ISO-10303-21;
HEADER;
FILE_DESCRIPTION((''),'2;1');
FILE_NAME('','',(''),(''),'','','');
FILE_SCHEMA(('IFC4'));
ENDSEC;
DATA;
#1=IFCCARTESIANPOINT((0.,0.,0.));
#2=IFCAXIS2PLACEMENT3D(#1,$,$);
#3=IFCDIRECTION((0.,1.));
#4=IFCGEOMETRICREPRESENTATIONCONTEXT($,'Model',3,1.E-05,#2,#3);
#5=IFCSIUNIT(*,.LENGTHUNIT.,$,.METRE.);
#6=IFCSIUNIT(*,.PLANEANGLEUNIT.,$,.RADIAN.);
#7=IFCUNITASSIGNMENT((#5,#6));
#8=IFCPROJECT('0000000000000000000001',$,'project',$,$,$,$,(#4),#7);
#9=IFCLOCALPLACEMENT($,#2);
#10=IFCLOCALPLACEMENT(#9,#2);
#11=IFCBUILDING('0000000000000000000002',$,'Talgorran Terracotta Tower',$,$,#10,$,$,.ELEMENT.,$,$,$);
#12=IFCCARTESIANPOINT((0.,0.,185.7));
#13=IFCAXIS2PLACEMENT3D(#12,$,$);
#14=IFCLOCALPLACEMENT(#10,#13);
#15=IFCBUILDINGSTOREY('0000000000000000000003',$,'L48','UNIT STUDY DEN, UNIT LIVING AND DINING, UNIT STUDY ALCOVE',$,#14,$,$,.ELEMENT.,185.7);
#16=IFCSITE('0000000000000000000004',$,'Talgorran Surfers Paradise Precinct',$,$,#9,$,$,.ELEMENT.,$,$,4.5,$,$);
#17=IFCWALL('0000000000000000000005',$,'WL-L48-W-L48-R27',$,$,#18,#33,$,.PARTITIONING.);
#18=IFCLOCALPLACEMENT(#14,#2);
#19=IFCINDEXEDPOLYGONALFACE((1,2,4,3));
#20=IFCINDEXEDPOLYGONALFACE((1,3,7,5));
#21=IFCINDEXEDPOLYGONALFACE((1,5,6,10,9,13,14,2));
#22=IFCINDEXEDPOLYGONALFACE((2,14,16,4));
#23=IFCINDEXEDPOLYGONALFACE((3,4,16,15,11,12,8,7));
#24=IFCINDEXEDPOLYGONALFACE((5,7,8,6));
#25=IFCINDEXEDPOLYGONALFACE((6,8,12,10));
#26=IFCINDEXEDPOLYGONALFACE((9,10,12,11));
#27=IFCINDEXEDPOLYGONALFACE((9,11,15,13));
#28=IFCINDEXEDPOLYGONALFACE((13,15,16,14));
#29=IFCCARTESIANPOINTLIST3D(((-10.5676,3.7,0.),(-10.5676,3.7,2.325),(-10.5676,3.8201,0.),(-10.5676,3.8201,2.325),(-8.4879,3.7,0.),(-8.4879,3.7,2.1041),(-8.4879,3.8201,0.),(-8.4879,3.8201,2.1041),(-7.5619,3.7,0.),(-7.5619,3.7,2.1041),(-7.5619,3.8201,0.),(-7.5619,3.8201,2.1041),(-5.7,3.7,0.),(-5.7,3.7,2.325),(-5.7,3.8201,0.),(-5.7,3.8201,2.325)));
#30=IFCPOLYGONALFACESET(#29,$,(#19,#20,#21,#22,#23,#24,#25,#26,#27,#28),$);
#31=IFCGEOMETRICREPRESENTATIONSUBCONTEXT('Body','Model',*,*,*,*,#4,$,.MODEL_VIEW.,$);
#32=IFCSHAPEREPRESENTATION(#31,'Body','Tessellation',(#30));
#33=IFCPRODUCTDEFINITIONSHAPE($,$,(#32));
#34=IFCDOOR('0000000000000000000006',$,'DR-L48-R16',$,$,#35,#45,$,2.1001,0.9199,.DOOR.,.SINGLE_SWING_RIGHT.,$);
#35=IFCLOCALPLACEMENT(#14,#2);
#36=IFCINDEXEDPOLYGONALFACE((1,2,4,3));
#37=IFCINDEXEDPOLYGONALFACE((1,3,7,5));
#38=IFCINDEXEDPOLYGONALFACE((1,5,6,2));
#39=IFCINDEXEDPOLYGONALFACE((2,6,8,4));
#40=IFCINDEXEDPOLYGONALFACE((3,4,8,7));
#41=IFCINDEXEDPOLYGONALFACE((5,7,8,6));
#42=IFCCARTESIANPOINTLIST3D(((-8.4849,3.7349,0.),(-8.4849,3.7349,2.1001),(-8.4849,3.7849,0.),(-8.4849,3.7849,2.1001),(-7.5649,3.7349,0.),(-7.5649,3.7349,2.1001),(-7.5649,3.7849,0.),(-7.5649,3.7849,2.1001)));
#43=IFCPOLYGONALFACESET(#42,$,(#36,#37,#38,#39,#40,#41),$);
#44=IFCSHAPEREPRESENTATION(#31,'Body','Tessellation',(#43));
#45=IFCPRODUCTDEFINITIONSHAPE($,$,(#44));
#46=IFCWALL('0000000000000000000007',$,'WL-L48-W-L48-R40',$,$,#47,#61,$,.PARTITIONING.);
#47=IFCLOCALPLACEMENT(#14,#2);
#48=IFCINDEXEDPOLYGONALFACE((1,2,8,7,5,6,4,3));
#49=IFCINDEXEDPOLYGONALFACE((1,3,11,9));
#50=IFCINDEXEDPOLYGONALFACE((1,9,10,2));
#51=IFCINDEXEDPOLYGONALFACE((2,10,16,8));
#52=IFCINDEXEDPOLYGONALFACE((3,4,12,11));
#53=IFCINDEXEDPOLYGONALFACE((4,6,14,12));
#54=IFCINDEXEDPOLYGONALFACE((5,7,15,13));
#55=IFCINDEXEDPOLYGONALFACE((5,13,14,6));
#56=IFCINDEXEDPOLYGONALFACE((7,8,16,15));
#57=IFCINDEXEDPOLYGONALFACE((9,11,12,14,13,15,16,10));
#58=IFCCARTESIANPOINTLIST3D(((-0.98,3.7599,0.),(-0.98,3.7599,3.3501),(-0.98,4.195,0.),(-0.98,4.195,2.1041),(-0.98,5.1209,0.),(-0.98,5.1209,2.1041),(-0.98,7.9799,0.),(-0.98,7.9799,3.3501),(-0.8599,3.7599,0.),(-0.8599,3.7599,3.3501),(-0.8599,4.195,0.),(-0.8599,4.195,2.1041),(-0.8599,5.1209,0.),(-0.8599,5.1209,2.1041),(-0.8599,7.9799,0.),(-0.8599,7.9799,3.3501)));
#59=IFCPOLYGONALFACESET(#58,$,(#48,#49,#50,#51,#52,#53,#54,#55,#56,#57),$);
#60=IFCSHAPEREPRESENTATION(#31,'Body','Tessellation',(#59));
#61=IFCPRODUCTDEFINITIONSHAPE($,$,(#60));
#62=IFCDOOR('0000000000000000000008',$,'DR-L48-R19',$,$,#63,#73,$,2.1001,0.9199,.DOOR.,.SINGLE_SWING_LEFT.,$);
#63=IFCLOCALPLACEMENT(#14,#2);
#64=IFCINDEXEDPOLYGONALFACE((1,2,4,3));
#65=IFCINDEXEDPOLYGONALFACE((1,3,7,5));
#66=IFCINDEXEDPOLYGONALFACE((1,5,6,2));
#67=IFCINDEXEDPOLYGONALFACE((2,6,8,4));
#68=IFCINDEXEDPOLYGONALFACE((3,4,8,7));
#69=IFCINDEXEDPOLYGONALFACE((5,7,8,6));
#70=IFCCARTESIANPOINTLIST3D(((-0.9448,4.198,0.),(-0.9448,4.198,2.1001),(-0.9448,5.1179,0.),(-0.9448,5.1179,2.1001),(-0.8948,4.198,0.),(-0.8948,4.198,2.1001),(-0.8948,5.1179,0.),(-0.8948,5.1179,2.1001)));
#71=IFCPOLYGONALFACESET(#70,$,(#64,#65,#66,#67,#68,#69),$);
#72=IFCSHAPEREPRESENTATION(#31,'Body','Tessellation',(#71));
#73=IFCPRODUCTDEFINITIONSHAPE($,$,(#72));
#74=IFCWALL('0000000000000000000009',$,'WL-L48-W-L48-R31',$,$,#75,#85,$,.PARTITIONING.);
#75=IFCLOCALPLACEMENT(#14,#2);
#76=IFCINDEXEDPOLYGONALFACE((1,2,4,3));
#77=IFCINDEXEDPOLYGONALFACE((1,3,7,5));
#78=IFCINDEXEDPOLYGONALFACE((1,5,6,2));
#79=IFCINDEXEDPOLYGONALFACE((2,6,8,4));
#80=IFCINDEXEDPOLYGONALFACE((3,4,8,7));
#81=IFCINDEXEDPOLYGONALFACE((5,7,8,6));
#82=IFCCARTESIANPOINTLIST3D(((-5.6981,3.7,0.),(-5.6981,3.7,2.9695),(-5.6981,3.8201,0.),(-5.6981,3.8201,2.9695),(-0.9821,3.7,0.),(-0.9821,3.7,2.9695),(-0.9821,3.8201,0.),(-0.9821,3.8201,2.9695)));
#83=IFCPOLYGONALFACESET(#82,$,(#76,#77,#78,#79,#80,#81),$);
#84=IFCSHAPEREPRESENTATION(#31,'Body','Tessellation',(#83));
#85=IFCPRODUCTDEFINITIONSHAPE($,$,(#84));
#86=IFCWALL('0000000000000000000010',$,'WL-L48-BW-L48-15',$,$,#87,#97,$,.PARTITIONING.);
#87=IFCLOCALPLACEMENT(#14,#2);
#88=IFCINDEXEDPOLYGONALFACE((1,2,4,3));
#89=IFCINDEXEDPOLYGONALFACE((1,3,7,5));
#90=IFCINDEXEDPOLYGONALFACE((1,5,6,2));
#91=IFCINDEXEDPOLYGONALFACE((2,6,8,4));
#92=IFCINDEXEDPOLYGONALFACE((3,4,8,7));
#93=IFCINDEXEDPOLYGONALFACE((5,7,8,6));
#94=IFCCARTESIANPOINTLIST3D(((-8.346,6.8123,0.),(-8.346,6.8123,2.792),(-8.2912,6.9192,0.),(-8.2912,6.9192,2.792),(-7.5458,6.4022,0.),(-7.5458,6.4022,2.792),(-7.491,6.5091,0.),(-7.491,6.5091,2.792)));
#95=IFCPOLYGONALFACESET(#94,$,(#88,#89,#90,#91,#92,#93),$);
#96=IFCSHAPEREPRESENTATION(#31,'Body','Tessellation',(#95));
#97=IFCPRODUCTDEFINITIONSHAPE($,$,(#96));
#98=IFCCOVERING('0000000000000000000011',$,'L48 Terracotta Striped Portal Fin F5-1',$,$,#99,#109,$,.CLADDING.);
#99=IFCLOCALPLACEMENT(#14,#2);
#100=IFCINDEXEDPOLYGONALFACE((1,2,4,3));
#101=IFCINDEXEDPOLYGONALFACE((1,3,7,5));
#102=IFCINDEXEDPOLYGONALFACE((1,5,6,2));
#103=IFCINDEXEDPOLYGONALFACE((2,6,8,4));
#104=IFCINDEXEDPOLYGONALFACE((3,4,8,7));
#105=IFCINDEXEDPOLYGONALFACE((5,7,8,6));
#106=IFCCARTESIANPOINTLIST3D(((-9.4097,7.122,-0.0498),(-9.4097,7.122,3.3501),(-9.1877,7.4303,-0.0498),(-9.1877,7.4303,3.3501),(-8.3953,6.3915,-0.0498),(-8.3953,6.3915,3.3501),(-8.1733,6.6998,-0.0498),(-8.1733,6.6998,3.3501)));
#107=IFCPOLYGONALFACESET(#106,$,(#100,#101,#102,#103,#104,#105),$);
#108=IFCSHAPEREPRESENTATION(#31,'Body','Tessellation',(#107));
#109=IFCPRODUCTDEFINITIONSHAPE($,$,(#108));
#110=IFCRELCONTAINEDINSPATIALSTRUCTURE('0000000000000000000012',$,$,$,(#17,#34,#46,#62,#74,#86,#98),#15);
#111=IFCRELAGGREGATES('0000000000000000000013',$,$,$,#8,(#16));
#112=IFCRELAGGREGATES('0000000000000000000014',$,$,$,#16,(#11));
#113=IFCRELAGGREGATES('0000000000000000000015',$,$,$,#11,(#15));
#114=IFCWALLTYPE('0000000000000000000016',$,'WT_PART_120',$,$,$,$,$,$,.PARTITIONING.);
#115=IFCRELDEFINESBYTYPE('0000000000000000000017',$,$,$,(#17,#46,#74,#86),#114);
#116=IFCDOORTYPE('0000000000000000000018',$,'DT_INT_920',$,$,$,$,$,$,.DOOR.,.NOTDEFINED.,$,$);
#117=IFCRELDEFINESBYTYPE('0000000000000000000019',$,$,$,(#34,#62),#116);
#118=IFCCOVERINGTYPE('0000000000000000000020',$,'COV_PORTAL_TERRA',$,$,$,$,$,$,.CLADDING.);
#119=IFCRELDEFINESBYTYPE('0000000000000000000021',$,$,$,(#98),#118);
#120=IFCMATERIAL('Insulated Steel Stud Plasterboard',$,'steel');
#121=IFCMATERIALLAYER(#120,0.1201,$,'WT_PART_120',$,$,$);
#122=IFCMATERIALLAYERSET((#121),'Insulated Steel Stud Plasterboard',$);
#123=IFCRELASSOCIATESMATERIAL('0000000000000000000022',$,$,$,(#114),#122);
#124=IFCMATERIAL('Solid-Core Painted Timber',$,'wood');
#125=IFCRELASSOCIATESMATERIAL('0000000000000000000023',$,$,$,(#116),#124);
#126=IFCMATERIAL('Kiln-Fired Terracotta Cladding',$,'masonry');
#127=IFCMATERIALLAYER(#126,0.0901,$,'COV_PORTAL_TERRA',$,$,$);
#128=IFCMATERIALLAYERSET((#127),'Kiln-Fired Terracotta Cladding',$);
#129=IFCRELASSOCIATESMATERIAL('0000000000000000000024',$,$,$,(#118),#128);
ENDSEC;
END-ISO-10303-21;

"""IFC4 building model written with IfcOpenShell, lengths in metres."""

from ifc_helpers import new_model, si_unit, direction, frame, frame_2d, origin, origin_2d, place, context, subcontext, project, spatial, rectangle, extrude, material, layer, layer_set, type_object, element, fill, save


model = new_model("IFC4")

# Units and contexts
model_context = context("Model", 3, precision=1e-05, world=origin(), true_north=direction((0.0, 1.0)))
body_context = subcontext(model_context, "Body", "Model", "MODEL_VIEW")
ifc_project = project(units=[si_unit("LENGTHUNIT", "METRE"), si_unit("PLANEANGLEUNIT", "RADIAN")], contexts=[model_context])

# Site, building, storey
site_placement = place(None, origin())
site = spatial("IfcSite", under=ifc_project, at=site_placement, Name="Talgorran Surfers Paradise Precinct", CompositionType="ELEMENT", RefElevation=4.5)
building_placement = place(site_placement, origin())
building = spatial("IfcBuilding", under=site, at=building_placement, Name="Talgorran Terracotta Tower", CompositionType="ELEMENT")
storey_placement = place(building_placement, frame((0.0, 0.0, 185.7)))
storey = spatial("IfcBuildingStorey", under=building, at=storey_placement, Name="L48", Description="UNIT STUDY DEN, UNIT LIVING AND DINING, UNIT STUDY ALCOVE", CompositionType="ELEMENT", Elevation=185.7)

# Shared definitions
ifc_material_1 = material(Name="Insulated Steel Stud Plasterboard", Category="steel")
ifc_layer_1 = layer(ifc_material_1, 0.1201, Name="WT_PART_120")
ifc_layer_set_1 = layer_set([ifc_layer_1], Name="Insulated Steel Stud Plasterboard")
wall_type_1 = type_object("IfcWallType", Name="WT_PART_120", PredefinedType="PARTITIONING", material=ifc_layer_set_1)
ifc_material_2 = material(Name="Solid-Core Painted Timber", Category="wood")
door_type_1 = type_object("IfcDoorType", Name="DT_INT_920", OperationType="NOTDEFINED", PredefinedType="DOOR", material=ifc_material_2)

# Walls, openings, doors
wall_1_placement = place(storey_placement, frame((-10.5676, 3.76, 0.0), z_axis=(0.0, 0.0, 1.0), x_axis=(1.0, 0.0, 0.0)))
wall_1 = element("IfcWall", 1, at=wall_1_placement, inside=storey, type_object=wall_type_1, Name="WL-L48-W-L48-R27", PredefinedType="PARTITIONING", context=body_context, shape_type="SweptSolid", body=[
    extrude(rectangle(XDim=4.8677, YDim=0.1201, at=frame_2d((2.4338, 0.0))), origin(), (0.0, 0.0, 1.0), 2.325),
])
opening_1_placement = place(wall_1_placement, frame((2.0828, 0.0, 0.0)))
opening_1 = element("IfcOpeningElement", 2, at=opening_1_placement, cuts=wall_1, PredefinedType="OPENING", context=body_context, shape_type="SweptSolid", body=[
    extrude(rectangle(XDim=0.9259, YDim=2.1041, at=frame_2d((0.46, 1.052))), frame((0.0, 0.0701, 0.0), z_axis=(0.0, -1.0, 0.0), x_axis=(1.0, 0.0, 0.0)), (0.0, 0.0, 1.0), 0.1401),
])
door_1_placement = place(opening_1_placement, origin())
door_1 = element("IfcDoor", 3, at=door_1_placement, inside=storey, type_object=door_type_1, Name="DR-L48-R16", OperationType="SINGLE_SWING_RIGHT", OverallHeight=2.1001, OverallWidth=0.9199, PredefinedType="DOOR", context=body_context, shape_type="SweptSolid", body=[
    extrude(rectangle(XDim=0.9199, YDim=2.1001, at=frame_2d((0.46, 1.05))), frame((0.0, 0.0249, 0.0), z_axis=(0.0, -1.0, 0.0), x_axis=(1.0, 0.0, 0.0)), (0.0, 0.0, 1.0), 0.05),
])
fill(opening_1, door_1)
wall_2_placement = place(storey_placement, frame((-0.9199, 3.76, 0.0), z_axis=(0.0, 0.0, 1.0), x_axis=(0.0, 1.0, 0.0)))
wall_2 = element("IfcWall", 4, at=wall_2_placement, inside=storey, type_object=wall_type_1, Name="WL-L48-W-L48-R40", PredefinedType="PARTITIONING", context=body_context, shape_type="SweptSolid", body=[
    extrude(rectangle(XDim=4.22, YDim=0.1201, at=frame_2d((2.1099, 0.0))), origin(), (0.0, 0.0, 1.0), 3.3501),
])
opening_2_placement = place(wall_2_placement, frame((0.438, 0.0, 0.0)))
opening_2 = element("IfcOpeningElement", 5, at=opening_2_placement, cuts=wall_2, PredefinedType="OPENING", context=body_context, shape_type="SweptSolid", body=[
    extrude(rectangle(XDim=0.9259, YDim=2.1041, at=frame_2d((0.46, 1.052))), frame((0.0, 0.0701, 0.0), z_axis=(0.0, -1.0, 0.0), x_axis=(1.0, 0.0, 0.0)), (0.0, 0.0, 1.0), 0.1401),
])
door_2_placement = place(opening_2_placement, origin())
door_2 = element("IfcDoor", 6, at=door_2_placement, inside=storey, type_object=door_type_1, Name="DR-L48-R19", OperationType="SINGLE_SWING_LEFT", OverallHeight=2.1001, OverallWidth=0.9199, PredefinedType="DOOR", context=body_context, shape_type="SweptSolid", body=[
    extrude(rectangle(XDim=0.9199, YDim=2.1001, at=frame_2d((0.46, 1.05))), frame((0.0, 0.0249, 0.0), z_axis=(0.0, -1.0, 0.0), x_axis=(1.0, 0.0, 0.0)), (0.0, 0.0, 1.0), 0.05),
])
fill(opening_2, door_2)

# Walls
wall_3_placement = place(storey_placement, frame((-5.698, 3.76, 0.0), z_axis=(0.0, 0.0, 1.0), x_axis=(1.0, 0.0, 0.0)))
element("IfcWall", 7, at=wall_3_placement, inside=storey, type_object=wall_type_1, Name="WL-L48-W-L48-R31", PredefinedType="PARTITIONING", context=body_context, shape_type="SweptSolid", body=[
    extrude(rectangle(XDim=4.7161, YDim=0.1201, at=frame_2d((2.3579, 0.0))), origin(), (0.0, 0.0, 1.0), 2.9695),
])
wall_4_placement = place(storey_placement, frame((-7.5183, 6.4556, 0.0), z_axis=(0.0, 0.0, 1.0), x_axis=(-0.88993, 0.456096, 0.0)))
element("IfcWall", 8, at=wall_4_placement, inside=storey, type_object=wall_type_1, Name="WL-L48-BW-L48-15", PredefinedType="PARTITIONING", context=body_context, shape_type="SweptSolid", body=[
    extrude(rectangle(XDim=0.8992, YDim=0.1201, at=frame_2d((0.4497, 0.0))), origin(), (0.0, 0.0, 1.0), 2.792),
])

# Covering
ifc_material_3 = material(Name="Kiln-Fired Terracotta Cladding", Category="masonry")
ifc_layer_2 = layer(ifc_material_3, 0.0901, Name="COV_PORTAL_TERRA")
ifc_layer_set_2 = layer_set([ifc_layer_2], Name="Kiln-Fired Terracotta Cladding")
covering_type = type_object("IfcCoveringType", Name="COV_PORTAL_TERRA", PredefinedType="CLADDING", material=ifc_layer_set_2)
covering_placement = place(storey_placement, frame((-8.7915, 6.9109, -0.0498), z_axis=(0.0, 0.0, 1.0), x_axis=(-0.584405, -0.811462, 0.0)))
element("IfcCovering", 9, at=covering_placement, inside=storey, type_object=covering_type, Name="L48 Terracotta Striped Portal Fin F5-1", PredefinedType="CLADDING", context=body_context, shape_type="SweptSolid", body=[
    extrude(rectangle(XDim=0.3799, YDim=1.25, at=origin_2d()), origin(), (0.0, 0.0, 1.0), 3.3999),
])

save(model, "model.ifc")
